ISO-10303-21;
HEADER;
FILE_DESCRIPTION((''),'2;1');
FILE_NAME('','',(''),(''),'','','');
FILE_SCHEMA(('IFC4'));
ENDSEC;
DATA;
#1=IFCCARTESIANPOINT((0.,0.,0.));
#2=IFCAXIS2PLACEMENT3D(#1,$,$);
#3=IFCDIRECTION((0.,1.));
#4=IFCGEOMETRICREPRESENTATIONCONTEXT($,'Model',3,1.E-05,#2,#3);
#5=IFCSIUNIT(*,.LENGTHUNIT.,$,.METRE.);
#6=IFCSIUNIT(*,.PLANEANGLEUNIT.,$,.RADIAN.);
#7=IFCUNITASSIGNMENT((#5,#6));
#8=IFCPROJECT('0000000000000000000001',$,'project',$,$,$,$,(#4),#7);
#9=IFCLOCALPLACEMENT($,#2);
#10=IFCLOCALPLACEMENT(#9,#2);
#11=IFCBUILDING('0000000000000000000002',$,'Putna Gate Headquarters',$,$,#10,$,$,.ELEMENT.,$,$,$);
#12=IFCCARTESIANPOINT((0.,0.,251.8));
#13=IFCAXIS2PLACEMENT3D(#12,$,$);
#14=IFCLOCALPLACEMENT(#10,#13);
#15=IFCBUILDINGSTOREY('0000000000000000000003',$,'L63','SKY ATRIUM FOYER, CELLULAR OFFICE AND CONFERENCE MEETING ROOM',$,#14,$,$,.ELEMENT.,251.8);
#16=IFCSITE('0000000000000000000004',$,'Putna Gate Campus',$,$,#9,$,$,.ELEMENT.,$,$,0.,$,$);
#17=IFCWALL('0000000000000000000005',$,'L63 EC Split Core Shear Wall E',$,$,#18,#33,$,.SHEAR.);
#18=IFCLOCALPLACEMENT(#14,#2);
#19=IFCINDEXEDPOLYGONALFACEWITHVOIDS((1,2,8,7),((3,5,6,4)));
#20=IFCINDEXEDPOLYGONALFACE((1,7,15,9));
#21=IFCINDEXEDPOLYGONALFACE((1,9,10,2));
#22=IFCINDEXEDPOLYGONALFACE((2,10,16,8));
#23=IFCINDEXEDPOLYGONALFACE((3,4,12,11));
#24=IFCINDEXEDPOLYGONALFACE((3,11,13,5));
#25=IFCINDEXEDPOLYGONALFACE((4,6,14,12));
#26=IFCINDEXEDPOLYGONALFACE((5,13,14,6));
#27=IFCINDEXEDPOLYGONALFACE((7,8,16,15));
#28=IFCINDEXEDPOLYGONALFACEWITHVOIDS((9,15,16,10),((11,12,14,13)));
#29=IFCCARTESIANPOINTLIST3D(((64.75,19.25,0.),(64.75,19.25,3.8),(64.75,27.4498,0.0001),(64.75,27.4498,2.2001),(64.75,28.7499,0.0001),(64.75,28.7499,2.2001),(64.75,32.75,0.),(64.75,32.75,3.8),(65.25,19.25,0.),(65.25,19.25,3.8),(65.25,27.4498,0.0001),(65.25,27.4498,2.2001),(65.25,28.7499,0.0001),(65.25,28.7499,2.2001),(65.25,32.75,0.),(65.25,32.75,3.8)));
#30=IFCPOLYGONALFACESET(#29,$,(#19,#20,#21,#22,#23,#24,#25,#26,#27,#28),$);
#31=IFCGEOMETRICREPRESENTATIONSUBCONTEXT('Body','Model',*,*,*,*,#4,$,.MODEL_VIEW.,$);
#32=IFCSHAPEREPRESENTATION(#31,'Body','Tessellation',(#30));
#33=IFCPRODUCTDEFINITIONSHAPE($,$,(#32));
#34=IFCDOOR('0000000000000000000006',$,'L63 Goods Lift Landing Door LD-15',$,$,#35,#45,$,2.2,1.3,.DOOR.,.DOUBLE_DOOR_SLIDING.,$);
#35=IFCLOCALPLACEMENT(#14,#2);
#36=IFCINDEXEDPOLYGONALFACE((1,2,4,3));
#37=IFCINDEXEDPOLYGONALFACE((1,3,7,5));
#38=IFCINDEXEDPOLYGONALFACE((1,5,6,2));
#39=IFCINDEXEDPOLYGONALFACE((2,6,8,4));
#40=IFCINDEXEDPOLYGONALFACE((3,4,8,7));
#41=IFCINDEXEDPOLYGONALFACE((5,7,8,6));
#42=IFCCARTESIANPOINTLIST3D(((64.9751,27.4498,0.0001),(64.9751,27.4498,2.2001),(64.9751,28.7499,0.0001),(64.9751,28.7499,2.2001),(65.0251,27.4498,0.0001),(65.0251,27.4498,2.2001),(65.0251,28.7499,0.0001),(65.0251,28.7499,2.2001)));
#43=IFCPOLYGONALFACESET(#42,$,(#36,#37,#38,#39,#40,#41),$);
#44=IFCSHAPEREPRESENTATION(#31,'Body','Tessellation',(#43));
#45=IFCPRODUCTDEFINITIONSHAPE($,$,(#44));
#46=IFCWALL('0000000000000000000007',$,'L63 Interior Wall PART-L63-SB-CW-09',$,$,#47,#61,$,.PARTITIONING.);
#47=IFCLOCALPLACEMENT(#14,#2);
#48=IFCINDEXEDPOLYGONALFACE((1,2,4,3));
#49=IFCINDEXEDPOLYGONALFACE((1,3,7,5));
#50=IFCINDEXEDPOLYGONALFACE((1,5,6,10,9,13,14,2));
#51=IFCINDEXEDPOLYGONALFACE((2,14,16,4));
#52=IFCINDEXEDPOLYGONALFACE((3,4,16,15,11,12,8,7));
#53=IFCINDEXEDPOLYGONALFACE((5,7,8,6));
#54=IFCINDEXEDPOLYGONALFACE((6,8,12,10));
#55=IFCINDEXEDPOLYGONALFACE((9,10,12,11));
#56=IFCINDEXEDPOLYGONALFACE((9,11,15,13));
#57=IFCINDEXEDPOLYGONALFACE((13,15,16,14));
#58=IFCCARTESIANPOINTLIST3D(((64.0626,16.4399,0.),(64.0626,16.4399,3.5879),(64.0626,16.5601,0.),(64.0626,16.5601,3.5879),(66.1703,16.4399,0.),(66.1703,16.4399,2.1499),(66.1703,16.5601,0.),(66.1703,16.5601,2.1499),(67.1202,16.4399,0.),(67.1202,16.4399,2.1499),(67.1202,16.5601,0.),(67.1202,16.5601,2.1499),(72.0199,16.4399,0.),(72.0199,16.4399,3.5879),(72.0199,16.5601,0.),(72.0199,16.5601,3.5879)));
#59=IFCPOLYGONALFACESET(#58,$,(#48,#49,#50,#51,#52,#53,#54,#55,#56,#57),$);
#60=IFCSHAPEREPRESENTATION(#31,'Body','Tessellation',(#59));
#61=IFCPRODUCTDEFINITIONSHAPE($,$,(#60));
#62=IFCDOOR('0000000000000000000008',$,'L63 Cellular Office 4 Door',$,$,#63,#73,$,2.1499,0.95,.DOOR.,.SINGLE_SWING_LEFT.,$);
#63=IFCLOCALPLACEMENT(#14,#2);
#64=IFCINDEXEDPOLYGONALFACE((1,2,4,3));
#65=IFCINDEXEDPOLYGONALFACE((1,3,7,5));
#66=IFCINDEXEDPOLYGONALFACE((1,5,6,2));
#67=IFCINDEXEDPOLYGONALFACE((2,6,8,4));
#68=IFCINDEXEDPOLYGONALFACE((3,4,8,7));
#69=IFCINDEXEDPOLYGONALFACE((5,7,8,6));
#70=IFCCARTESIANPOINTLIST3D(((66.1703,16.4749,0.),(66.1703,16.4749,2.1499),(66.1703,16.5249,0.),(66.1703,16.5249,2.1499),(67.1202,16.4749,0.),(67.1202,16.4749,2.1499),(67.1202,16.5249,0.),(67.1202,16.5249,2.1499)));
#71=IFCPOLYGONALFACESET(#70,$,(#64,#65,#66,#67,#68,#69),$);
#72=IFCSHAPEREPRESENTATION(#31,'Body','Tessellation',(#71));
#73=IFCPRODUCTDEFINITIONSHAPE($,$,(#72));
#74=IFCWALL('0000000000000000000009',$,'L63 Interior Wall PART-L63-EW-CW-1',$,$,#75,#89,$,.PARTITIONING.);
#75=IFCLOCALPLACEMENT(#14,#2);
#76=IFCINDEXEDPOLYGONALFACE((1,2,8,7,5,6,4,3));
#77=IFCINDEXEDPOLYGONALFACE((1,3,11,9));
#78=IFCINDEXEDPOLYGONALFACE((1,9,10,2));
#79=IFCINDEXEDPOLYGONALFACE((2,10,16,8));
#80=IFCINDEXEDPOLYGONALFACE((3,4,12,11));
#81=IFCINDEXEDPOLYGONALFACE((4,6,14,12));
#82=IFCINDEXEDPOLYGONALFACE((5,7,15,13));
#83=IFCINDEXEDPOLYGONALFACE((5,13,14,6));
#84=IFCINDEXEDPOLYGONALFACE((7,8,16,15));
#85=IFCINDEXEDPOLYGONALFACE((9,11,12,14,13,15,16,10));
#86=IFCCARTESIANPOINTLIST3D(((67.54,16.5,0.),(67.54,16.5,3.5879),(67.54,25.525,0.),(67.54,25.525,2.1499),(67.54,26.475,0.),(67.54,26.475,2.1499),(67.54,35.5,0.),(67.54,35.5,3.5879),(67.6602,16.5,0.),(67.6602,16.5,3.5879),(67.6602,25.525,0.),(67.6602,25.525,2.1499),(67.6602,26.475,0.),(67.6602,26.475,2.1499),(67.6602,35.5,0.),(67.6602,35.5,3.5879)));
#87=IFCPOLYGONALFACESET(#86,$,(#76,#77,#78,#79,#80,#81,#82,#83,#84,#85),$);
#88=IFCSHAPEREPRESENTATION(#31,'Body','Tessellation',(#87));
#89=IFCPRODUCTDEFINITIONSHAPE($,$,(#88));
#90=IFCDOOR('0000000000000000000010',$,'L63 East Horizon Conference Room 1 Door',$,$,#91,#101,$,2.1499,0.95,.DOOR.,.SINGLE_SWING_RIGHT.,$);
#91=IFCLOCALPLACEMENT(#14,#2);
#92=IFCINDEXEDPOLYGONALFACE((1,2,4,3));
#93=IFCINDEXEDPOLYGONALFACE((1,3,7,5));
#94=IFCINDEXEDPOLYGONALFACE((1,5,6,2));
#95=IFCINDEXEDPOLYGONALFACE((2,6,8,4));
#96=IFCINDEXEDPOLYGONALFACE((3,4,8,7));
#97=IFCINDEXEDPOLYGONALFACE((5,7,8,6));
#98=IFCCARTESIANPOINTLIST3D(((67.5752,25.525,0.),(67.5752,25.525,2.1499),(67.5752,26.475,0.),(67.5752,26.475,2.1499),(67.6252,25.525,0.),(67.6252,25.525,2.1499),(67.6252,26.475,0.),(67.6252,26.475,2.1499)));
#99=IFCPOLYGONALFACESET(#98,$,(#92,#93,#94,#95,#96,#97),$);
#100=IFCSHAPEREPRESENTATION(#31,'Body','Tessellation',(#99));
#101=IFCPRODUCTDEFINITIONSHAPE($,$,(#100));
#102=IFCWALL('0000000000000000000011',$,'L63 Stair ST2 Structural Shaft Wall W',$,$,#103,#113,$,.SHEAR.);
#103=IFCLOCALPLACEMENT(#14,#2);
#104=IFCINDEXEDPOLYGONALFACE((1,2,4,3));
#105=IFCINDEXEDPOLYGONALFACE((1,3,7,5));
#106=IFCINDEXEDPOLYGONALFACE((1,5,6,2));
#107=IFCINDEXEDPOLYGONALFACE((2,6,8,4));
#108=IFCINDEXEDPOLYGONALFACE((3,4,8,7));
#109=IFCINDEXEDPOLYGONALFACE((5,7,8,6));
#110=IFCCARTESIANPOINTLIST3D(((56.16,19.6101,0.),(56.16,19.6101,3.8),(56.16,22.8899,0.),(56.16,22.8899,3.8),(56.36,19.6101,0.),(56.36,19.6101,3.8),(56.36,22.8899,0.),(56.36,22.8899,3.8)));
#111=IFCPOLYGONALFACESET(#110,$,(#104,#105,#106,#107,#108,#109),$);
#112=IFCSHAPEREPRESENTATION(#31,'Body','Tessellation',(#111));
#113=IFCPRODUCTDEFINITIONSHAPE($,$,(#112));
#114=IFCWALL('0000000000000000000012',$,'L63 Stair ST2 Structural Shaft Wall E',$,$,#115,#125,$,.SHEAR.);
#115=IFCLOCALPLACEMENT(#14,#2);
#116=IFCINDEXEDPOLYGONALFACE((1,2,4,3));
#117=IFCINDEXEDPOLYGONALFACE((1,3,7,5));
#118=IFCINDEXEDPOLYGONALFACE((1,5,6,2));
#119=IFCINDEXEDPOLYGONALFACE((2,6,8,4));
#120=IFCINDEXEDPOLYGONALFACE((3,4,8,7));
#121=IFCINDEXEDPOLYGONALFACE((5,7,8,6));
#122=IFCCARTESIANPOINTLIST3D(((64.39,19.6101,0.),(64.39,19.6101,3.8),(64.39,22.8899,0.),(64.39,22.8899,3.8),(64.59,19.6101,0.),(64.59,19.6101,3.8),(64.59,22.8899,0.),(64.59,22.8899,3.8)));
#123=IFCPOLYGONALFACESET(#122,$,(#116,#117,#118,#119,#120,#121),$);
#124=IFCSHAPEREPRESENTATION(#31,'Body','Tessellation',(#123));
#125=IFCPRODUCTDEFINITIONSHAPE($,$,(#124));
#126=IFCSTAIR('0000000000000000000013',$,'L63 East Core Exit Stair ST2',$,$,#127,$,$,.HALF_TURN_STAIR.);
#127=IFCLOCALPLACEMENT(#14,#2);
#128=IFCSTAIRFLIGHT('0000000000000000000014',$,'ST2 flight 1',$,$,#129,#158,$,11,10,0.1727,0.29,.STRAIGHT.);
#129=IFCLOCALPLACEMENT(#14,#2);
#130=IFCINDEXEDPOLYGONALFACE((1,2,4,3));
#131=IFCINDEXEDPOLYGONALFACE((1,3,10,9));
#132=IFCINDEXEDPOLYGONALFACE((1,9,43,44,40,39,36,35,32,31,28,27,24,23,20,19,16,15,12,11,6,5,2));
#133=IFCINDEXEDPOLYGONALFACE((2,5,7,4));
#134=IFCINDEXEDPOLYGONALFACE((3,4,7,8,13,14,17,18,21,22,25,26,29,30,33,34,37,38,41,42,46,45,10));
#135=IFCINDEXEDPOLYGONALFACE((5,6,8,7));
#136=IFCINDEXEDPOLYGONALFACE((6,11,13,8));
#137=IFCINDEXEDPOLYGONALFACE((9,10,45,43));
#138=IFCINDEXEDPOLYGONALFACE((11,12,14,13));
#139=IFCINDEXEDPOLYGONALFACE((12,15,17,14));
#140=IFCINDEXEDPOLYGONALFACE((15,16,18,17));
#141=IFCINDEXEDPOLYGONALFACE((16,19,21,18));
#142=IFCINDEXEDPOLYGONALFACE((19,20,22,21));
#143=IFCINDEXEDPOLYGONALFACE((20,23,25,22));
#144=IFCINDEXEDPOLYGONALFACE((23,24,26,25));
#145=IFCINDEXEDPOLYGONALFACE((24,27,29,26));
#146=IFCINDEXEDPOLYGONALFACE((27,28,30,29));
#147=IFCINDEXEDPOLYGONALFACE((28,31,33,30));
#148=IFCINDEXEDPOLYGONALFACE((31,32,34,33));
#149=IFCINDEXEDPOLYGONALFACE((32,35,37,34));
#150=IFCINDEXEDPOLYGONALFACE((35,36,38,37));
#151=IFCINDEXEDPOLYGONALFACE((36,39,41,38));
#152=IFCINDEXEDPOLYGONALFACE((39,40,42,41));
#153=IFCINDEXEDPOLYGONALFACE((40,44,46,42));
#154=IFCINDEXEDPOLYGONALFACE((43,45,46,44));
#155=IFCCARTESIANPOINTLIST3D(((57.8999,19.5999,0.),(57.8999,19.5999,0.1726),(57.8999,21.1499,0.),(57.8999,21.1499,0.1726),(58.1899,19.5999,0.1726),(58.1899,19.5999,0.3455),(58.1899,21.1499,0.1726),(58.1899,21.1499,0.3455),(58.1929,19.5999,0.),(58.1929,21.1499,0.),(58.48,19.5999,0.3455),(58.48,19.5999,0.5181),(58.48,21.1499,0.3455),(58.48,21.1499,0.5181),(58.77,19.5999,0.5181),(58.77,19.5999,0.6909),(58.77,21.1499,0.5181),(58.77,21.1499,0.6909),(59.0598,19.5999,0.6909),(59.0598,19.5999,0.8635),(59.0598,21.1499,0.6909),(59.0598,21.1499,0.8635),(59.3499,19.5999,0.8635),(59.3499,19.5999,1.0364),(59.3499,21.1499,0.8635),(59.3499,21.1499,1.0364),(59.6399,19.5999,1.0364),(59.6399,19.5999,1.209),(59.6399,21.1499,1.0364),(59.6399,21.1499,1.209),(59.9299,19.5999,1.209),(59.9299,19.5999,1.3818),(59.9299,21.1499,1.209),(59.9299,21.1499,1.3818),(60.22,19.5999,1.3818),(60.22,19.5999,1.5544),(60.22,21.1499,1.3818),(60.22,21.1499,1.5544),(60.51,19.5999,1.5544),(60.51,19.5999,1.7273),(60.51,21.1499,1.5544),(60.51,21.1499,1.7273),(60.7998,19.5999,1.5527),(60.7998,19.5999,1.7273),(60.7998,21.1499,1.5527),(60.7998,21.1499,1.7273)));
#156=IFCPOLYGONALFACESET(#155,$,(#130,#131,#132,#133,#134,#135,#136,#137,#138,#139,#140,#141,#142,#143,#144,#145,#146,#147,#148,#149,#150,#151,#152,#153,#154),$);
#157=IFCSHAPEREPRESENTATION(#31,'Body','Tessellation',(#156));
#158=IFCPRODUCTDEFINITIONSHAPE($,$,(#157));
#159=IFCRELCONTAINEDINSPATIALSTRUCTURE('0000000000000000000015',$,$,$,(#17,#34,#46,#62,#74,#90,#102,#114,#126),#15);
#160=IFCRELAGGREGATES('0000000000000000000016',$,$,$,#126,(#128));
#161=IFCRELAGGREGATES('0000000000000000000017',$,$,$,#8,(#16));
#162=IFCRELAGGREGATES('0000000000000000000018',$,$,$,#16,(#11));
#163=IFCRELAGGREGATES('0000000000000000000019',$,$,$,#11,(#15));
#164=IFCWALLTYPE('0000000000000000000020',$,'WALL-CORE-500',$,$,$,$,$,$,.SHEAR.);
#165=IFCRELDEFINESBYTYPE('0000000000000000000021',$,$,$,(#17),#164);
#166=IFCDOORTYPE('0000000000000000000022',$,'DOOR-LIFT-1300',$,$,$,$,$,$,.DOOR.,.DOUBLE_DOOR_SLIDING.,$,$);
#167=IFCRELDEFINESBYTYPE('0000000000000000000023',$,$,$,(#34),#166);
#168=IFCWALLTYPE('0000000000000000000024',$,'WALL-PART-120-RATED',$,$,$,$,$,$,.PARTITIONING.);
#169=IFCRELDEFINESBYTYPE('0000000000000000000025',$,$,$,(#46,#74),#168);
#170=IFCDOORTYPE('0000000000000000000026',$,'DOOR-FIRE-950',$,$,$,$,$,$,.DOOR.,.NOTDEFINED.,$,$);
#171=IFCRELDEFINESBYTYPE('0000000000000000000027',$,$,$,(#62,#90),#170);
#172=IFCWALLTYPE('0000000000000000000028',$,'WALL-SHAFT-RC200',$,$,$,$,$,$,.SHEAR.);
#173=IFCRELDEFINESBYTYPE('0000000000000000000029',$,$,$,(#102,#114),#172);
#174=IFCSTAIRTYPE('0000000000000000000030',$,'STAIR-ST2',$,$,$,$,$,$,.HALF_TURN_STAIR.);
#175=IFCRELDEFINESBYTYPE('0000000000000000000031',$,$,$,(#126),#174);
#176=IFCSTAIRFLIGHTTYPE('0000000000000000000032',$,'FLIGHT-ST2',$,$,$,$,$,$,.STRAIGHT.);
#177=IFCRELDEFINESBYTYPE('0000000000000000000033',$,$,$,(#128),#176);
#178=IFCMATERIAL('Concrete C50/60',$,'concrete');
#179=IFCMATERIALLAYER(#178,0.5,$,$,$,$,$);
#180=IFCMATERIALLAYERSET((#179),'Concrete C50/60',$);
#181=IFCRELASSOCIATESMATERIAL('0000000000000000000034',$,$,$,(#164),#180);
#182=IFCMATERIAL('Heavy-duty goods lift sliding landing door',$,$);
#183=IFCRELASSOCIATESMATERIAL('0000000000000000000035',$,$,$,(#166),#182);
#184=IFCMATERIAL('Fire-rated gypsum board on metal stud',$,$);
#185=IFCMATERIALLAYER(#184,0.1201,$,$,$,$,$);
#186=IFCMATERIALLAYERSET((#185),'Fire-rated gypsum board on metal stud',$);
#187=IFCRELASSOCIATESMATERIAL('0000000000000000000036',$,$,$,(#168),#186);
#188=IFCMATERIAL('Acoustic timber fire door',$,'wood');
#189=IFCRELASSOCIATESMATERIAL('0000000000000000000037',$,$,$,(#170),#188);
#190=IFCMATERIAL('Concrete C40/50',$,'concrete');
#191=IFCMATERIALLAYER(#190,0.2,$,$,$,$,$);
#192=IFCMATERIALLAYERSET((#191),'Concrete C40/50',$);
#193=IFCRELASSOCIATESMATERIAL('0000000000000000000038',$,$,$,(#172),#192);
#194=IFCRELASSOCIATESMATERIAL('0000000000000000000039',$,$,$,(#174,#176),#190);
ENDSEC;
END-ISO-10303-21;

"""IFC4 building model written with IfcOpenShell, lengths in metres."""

from ifc_helpers import new_model, si_unit, direction, frame, frame_2d, origin, place, context, subcontext, project, spatial, polyline, rectangle, outline, extrude, material, layer, layer_set, type_object, element, fill, aggregate, save


model = new_model("IFC4")

# Units and contexts
model_context = context("Model", 3, precision=1e-05, world=origin(), true_north=direction((0.0, 1.0)))
body_context = subcontext(model_context, "Body", "Model", "MODEL_VIEW")
ifc_project = project(units=[si_unit("LENGTHUNIT", "METRE"), si_unit("PLANEANGLEUNIT", "RADIAN")], contexts=[model_context])

# Site, building, storey
site_placement = place(None, origin())
site = spatial("IfcSite", under=ifc_project, at=site_placement, Name="Putna Gate Campus", CompositionType="ELEMENT", RefElevation=0.0)
building_placement = place(site_placement, origin())
building = spatial("IfcBuilding", under=site, at=building_placement, Name="Putna Gate Headquarters", CompositionType="ELEMENT")
storey_placement = place(building_placement, frame((0.0, 0.0, 251.8)))
storey = spatial("IfcBuildingStorey", under=building, at=storey_placement, Name="L63", Description="SKY ATRIUM FOYER, CELLULAR OFFICE AND CONFERENCE MEETING ROOM", CompositionType="ELEMENT", Elevation=251.8)

# Shared definitions
ifc_material_1 = material(Name="Concrete C50/60", Category="concrete")

# Walls, openings, doors
ifc_layer_1 = layer(ifc_material_1, 0.5)
ifc_layer_set_1 = layer_set([ifc_layer_1], Name="Concrete C50/60")
wall_type_1 = type_object("IfcWallType", Name="WALL-CORE-500", PredefinedType="SHEAR", material=ifc_layer_set_1)
wall_1_placement = place(storey_placement, frame((65.0, 19.25, 0.0), z_axis=(0.0, 0.0, 1.0), x_axis=(0.0, 1.0, 0.0)))
wall_1 = element("IfcWall", 1, at=wall_1_placement, inside=storey, type_object=wall_type_1, Name="L63 EC Split Core Shear Wall E", PredefinedType="SHEAR", context=body_context, shape_type="SweptSolid", body=[
    extrude(rectangle(XDim=13.5, YDim=0.5, at=frame_2d((6.75, 0.0))), origin(), (0.0, 0.0, 1.0), 3.8),
])
opening_1_placement = place(wall_1_placement, frame((8.2, 0.0, 0.0)))
opening_1 = element("IfcOpeningElement", 2, at=opening_1_placement, cuts=wall_1, PredefinedType="OPENING", context=body_context, shape_type="SweptSolid", body=[
    extrude(rectangle(XDim=1.3, YDim=2.2, at=frame_2d((0.6499, 1.1001))), frame((0.0, 0.26, 0.0), z_axis=(0.0, -1.0, 0.0), x_axis=(1.0, 0.0, 0.0)), (0.0, 0.0, 1.0), 0.52),
])
ifc_material_2 = material(Name="Heavy-duty goods lift sliding landing door")
door_type_1 = type_object("IfcDoorType", Name="DOOR-LIFT-1300", OperationType="DOUBLE_DOOR_SLIDING", PredefinedType="DOOR", material=ifc_material_2)
door_1_placement = place(opening_1_placement, origin())
door_1 = element("IfcDoor", 3, at=door_1_placement, inside=storey, type_object=door_type_1, Name="L63 Goods Lift Landing Door LD-15", OperationType="DOUBLE_DOOR_SLIDING", OverallHeight=2.2, OverallWidth=1.3, PredefinedType="DOOR", context=body_context, shape_type="SweptSolid", body=[
    extrude(rectangle(XDim=1.3, YDim=2.2, at=frame_2d((0.6499, 1.1001))), frame((0.0, 0.0249, 0.0), z_axis=(0.0, -1.0, 0.0), x_axis=(1.0, 0.0, 0.0)), (0.0, 0.0, 1.0), 0.05),
])
fill(opening_1, door_1)
ifc_material_3 = material(Name="Fire-rated gypsum board on metal stud")
ifc_layer_2 = layer(ifc_material_3, 0.1201)
ifc_layer_set_2 = layer_set([ifc_layer_2], Name="Fire-rated gypsum board on metal stud")
wall_type_2 = type_object("IfcWallType", Name="WALL-PART-120-RATED", PredefinedType="PARTITIONING", material=ifc_layer_set_2)
wall_2_placement = place(storey_placement, frame((64.0627, 16.5, 0.0), z_axis=(0.0, 0.0, 1.0), x_axis=(1.0, 0.0, 0.0)))
wall_2 = element("IfcWall", 4, at=wall_2_placement, inside=storey, type_object=wall_type_2, Name="L63 Interior Wall PART-L63-SB-CW-09", PredefinedType="PARTITIONING", context=body_context, shape_type="SweptSolid", body=[
    extrude(rectangle(XDim=7.9573, YDim=0.1201, at=frame_2d((3.9785, 0.0))), origin(), (0.0, 0.0, 1.0), 3.5879),
])
opening_2_placement = place(wall_2_placement, frame((2.1074, 0.0, 0.0)))
opening_2 = element("IfcOpeningElement", 5, at=opening_2_placement, cuts=wall_2, PredefinedType="OPENING", context=body_context, shape_type="SweptSolid", body=[
    extrude(rectangle(XDim=0.95, YDim=2.1499, at=frame_2d((0.4751, 1.075))), frame((0.0, 0.0701, 0.0), z_axis=(0.0, -1.0, 0.0), x_axis=(1.0, 0.0, 0.0)), (0.0, 0.0, 1.0), 0.1401),
])
ifc_material_4 = material(Name="Acoustic timber fire door", Category="wood")
door_type_2 = type_object("IfcDoorType", Name="DOOR-FIRE-950", OperationType="NOTDEFINED", PredefinedType="DOOR", material=ifc_material_4)
door_2_placement = place(opening_2_placement, origin())
door_2 = element("IfcDoor", 6, at=door_2_placement, inside=storey, type_object=door_type_2, Name="L63 Cellular Office 4 Door", OperationType="SINGLE_SWING_LEFT", OverallHeight=2.1499, OverallWidth=0.95, PredefinedType="DOOR", context=body_context, shape_type="SweptSolid", body=[
    extrude(rectangle(XDim=0.95, YDim=2.1499, at=frame_2d((0.4751, 1.075))), frame((0.0, 0.0249, 0.0), z_axis=(0.0, -1.0, 0.0), x_axis=(1.0, 0.0, 0.0)), (0.0, 0.0, 1.0), 0.05),
])
fill(opening_2, door_2)
wall_3_placement = place(storey_placement, frame((67.6001, 16.5, 0.0), z_axis=(0.0, 0.0, 1.0), x_axis=(0.0, 1.0, 0.0)))
wall_3 = element("IfcWall", 7, at=wall_3_placement, inside=storey, type_object=wall_type_2, Name="L63 Interior Wall PART-L63-EW-CW-1", PredefinedType="PARTITIONING", context=body_context, shape_type="SweptSolid", body=[
    extrude(rectangle(XDim=19.0, YDim=0.1201, at=frame_2d((9.5, 0.0))), origin(), (0.0, 0.0, 1.0), 3.5879),
])
opening_3_placement = place(wall_3_placement, frame((9.0249, 0.0, 0.0)))
opening_3 = element("IfcOpeningElement", 8, at=opening_3_placement, cuts=wall_3, PredefinedType="OPENING", context=body_context, shape_type="SweptSolid", body=[
    extrude(rectangle(XDim=0.95, YDim=2.1499, at=frame_2d((0.4751, 1.075))), frame((0.0, 0.0701, 0.0), z_axis=(0.0, -1.0, 0.0), x_axis=(1.0, 0.0, 0.0)), (0.0, 0.0, 1.0), 0.1401),
])
door_3_placement = place(opening_3_placement, origin())
door_3 = element("IfcDoor", 9, at=door_3_placement, inside=storey, type_object=door_type_2, Name="L63 East Horizon Conference Room 1 Door", OperationType="SINGLE_SWING_RIGHT", OverallHeight=2.1499, OverallWidth=0.95, PredefinedType="DOOR", context=body_context, shape_type="SweptSolid", body=[
    extrude(rectangle(XDim=0.95, YDim=2.1499, at=frame_2d((0.4751, 1.075))), frame((0.0, 0.0249, 0.0), z_axis=(0.0, -1.0, 0.0), x_axis=(1.0, 0.0, 0.0)), (0.0, 0.0, 1.0), 0.05),
])
fill(opening_3, door_3)

# Walls
ifc_material_5 = material(Name="Concrete C40/50", Category="concrete")
ifc_layer_3 = layer(ifc_material_5, 0.2)
ifc_layer_set_3 = layer_set([ifc_layer_3], Name="Concrete C40/50")
wall_type_3 = type_object("IfcWallType", Name="WALL-SHAFT-RC200", PredefinedType="SHEAR", material=ifc_layer_set_3)
for number, where, z_axis, x_axis, name in (
    (10, (56.26, 19.6101, 0.0), (0.0, 0.0, 1.0), (0.0, 1.0, 0.0), "L63 Stair ST2 Structural Shaft Wall W"),
    (11, (64.49, 19.6101, 0.0), (0.0, 0.0, 1.0), (0.0, 1.0, 0.0), "L63 Stair ST2 Structural Shaft Wall E"),
):
    element("IfcWall", number, at=place(storey_placement, frame(where, z_axis=z_axis, x_axis=x_axis)), inside=storey, type_object=wall_type_3, Name=name, PredefinedType="SHEAR", context=body_context, shape_type="SweptSolid", body=[
        extrude(rectangle(XDim=3.2798, YDim=0.2, at=frame_2d((1.6399, 0.0))), origin(), (0.0, 0.0, 1.0), 3.8),
    ])

# Stair, stair flight
stair_type = type_object("IfcStairType", Name="STAIR-ST2", PredefinedType="HALF_TURN_STAIR", material=ifc_material_5)
stair_placement = place(storey_placement, origin())
stair = element("IfcStair", 12, at=stair_placement, inside=storey, type_object=stair_type, Name="L63 East Core Exit Stair ST2", PredefinedType="HALF_TURN_STAIR")
stair_flight_type = type_object("IfcStairFlightType", Name="FLIGHT-ST2", PredefinedType="STRAIGHT", material=ifc_material_5)
stair_flight_1_placement = place(storey_placement, frame((57.8999, 20.375, 0.0), z_axis=(0.0, 0.0, 1.0), x_axis=(1.0, 0.0, 0.0)))
stair_flight_1 = element("IfcStairFlight", 13, at=stair_flight_1_placement, type_object=stair_flight_type, Name="ST2 flight 1", NumberOfRisers=11, NumberOfTreads=10, PredefinedType="STRAIGHT", RiserHeight=0.1727, TreadLength=0.29, context=body_context, shape_type="SweptSolid", body=[
    extrude(outline(polyline([(0.0, 0.0), (0.0, 0.1726), (0.29, 0.1726), (0.29, 0.3455), (0.5801, 0.3455), (0.5801, 0.5181), (0.8701, 0.5181), (0.8701, 0.6909), (1.1599, 0.6909), (1.1599, 0.8635), (1.45, 0.8635), (1.45, 1.0364), (1.74, 1.0364), (1.74, 1.209), (2.03, 1.209), (2.03, 1.3818), (2.3201, 1.3818), (2.3201, 1.5544), (2.6101, 1.5544), (2.6101, 1.7273), (2.8999, 1.7273), (2.8999, 1.8999), (2.8999, 1.5527), (0.293, 0.0), (0.0, 0.0)])), frame((0.0, 0.7749, 0.0), z_axis=(0.0, -1.0, 0.0), x_axis=(1.0, 0.0, 0.0)), (0.0, 0.0, 1.0), 1.55),
])
aggregate(stair, [stair_flight_1])

save(model, "model.ifc")
